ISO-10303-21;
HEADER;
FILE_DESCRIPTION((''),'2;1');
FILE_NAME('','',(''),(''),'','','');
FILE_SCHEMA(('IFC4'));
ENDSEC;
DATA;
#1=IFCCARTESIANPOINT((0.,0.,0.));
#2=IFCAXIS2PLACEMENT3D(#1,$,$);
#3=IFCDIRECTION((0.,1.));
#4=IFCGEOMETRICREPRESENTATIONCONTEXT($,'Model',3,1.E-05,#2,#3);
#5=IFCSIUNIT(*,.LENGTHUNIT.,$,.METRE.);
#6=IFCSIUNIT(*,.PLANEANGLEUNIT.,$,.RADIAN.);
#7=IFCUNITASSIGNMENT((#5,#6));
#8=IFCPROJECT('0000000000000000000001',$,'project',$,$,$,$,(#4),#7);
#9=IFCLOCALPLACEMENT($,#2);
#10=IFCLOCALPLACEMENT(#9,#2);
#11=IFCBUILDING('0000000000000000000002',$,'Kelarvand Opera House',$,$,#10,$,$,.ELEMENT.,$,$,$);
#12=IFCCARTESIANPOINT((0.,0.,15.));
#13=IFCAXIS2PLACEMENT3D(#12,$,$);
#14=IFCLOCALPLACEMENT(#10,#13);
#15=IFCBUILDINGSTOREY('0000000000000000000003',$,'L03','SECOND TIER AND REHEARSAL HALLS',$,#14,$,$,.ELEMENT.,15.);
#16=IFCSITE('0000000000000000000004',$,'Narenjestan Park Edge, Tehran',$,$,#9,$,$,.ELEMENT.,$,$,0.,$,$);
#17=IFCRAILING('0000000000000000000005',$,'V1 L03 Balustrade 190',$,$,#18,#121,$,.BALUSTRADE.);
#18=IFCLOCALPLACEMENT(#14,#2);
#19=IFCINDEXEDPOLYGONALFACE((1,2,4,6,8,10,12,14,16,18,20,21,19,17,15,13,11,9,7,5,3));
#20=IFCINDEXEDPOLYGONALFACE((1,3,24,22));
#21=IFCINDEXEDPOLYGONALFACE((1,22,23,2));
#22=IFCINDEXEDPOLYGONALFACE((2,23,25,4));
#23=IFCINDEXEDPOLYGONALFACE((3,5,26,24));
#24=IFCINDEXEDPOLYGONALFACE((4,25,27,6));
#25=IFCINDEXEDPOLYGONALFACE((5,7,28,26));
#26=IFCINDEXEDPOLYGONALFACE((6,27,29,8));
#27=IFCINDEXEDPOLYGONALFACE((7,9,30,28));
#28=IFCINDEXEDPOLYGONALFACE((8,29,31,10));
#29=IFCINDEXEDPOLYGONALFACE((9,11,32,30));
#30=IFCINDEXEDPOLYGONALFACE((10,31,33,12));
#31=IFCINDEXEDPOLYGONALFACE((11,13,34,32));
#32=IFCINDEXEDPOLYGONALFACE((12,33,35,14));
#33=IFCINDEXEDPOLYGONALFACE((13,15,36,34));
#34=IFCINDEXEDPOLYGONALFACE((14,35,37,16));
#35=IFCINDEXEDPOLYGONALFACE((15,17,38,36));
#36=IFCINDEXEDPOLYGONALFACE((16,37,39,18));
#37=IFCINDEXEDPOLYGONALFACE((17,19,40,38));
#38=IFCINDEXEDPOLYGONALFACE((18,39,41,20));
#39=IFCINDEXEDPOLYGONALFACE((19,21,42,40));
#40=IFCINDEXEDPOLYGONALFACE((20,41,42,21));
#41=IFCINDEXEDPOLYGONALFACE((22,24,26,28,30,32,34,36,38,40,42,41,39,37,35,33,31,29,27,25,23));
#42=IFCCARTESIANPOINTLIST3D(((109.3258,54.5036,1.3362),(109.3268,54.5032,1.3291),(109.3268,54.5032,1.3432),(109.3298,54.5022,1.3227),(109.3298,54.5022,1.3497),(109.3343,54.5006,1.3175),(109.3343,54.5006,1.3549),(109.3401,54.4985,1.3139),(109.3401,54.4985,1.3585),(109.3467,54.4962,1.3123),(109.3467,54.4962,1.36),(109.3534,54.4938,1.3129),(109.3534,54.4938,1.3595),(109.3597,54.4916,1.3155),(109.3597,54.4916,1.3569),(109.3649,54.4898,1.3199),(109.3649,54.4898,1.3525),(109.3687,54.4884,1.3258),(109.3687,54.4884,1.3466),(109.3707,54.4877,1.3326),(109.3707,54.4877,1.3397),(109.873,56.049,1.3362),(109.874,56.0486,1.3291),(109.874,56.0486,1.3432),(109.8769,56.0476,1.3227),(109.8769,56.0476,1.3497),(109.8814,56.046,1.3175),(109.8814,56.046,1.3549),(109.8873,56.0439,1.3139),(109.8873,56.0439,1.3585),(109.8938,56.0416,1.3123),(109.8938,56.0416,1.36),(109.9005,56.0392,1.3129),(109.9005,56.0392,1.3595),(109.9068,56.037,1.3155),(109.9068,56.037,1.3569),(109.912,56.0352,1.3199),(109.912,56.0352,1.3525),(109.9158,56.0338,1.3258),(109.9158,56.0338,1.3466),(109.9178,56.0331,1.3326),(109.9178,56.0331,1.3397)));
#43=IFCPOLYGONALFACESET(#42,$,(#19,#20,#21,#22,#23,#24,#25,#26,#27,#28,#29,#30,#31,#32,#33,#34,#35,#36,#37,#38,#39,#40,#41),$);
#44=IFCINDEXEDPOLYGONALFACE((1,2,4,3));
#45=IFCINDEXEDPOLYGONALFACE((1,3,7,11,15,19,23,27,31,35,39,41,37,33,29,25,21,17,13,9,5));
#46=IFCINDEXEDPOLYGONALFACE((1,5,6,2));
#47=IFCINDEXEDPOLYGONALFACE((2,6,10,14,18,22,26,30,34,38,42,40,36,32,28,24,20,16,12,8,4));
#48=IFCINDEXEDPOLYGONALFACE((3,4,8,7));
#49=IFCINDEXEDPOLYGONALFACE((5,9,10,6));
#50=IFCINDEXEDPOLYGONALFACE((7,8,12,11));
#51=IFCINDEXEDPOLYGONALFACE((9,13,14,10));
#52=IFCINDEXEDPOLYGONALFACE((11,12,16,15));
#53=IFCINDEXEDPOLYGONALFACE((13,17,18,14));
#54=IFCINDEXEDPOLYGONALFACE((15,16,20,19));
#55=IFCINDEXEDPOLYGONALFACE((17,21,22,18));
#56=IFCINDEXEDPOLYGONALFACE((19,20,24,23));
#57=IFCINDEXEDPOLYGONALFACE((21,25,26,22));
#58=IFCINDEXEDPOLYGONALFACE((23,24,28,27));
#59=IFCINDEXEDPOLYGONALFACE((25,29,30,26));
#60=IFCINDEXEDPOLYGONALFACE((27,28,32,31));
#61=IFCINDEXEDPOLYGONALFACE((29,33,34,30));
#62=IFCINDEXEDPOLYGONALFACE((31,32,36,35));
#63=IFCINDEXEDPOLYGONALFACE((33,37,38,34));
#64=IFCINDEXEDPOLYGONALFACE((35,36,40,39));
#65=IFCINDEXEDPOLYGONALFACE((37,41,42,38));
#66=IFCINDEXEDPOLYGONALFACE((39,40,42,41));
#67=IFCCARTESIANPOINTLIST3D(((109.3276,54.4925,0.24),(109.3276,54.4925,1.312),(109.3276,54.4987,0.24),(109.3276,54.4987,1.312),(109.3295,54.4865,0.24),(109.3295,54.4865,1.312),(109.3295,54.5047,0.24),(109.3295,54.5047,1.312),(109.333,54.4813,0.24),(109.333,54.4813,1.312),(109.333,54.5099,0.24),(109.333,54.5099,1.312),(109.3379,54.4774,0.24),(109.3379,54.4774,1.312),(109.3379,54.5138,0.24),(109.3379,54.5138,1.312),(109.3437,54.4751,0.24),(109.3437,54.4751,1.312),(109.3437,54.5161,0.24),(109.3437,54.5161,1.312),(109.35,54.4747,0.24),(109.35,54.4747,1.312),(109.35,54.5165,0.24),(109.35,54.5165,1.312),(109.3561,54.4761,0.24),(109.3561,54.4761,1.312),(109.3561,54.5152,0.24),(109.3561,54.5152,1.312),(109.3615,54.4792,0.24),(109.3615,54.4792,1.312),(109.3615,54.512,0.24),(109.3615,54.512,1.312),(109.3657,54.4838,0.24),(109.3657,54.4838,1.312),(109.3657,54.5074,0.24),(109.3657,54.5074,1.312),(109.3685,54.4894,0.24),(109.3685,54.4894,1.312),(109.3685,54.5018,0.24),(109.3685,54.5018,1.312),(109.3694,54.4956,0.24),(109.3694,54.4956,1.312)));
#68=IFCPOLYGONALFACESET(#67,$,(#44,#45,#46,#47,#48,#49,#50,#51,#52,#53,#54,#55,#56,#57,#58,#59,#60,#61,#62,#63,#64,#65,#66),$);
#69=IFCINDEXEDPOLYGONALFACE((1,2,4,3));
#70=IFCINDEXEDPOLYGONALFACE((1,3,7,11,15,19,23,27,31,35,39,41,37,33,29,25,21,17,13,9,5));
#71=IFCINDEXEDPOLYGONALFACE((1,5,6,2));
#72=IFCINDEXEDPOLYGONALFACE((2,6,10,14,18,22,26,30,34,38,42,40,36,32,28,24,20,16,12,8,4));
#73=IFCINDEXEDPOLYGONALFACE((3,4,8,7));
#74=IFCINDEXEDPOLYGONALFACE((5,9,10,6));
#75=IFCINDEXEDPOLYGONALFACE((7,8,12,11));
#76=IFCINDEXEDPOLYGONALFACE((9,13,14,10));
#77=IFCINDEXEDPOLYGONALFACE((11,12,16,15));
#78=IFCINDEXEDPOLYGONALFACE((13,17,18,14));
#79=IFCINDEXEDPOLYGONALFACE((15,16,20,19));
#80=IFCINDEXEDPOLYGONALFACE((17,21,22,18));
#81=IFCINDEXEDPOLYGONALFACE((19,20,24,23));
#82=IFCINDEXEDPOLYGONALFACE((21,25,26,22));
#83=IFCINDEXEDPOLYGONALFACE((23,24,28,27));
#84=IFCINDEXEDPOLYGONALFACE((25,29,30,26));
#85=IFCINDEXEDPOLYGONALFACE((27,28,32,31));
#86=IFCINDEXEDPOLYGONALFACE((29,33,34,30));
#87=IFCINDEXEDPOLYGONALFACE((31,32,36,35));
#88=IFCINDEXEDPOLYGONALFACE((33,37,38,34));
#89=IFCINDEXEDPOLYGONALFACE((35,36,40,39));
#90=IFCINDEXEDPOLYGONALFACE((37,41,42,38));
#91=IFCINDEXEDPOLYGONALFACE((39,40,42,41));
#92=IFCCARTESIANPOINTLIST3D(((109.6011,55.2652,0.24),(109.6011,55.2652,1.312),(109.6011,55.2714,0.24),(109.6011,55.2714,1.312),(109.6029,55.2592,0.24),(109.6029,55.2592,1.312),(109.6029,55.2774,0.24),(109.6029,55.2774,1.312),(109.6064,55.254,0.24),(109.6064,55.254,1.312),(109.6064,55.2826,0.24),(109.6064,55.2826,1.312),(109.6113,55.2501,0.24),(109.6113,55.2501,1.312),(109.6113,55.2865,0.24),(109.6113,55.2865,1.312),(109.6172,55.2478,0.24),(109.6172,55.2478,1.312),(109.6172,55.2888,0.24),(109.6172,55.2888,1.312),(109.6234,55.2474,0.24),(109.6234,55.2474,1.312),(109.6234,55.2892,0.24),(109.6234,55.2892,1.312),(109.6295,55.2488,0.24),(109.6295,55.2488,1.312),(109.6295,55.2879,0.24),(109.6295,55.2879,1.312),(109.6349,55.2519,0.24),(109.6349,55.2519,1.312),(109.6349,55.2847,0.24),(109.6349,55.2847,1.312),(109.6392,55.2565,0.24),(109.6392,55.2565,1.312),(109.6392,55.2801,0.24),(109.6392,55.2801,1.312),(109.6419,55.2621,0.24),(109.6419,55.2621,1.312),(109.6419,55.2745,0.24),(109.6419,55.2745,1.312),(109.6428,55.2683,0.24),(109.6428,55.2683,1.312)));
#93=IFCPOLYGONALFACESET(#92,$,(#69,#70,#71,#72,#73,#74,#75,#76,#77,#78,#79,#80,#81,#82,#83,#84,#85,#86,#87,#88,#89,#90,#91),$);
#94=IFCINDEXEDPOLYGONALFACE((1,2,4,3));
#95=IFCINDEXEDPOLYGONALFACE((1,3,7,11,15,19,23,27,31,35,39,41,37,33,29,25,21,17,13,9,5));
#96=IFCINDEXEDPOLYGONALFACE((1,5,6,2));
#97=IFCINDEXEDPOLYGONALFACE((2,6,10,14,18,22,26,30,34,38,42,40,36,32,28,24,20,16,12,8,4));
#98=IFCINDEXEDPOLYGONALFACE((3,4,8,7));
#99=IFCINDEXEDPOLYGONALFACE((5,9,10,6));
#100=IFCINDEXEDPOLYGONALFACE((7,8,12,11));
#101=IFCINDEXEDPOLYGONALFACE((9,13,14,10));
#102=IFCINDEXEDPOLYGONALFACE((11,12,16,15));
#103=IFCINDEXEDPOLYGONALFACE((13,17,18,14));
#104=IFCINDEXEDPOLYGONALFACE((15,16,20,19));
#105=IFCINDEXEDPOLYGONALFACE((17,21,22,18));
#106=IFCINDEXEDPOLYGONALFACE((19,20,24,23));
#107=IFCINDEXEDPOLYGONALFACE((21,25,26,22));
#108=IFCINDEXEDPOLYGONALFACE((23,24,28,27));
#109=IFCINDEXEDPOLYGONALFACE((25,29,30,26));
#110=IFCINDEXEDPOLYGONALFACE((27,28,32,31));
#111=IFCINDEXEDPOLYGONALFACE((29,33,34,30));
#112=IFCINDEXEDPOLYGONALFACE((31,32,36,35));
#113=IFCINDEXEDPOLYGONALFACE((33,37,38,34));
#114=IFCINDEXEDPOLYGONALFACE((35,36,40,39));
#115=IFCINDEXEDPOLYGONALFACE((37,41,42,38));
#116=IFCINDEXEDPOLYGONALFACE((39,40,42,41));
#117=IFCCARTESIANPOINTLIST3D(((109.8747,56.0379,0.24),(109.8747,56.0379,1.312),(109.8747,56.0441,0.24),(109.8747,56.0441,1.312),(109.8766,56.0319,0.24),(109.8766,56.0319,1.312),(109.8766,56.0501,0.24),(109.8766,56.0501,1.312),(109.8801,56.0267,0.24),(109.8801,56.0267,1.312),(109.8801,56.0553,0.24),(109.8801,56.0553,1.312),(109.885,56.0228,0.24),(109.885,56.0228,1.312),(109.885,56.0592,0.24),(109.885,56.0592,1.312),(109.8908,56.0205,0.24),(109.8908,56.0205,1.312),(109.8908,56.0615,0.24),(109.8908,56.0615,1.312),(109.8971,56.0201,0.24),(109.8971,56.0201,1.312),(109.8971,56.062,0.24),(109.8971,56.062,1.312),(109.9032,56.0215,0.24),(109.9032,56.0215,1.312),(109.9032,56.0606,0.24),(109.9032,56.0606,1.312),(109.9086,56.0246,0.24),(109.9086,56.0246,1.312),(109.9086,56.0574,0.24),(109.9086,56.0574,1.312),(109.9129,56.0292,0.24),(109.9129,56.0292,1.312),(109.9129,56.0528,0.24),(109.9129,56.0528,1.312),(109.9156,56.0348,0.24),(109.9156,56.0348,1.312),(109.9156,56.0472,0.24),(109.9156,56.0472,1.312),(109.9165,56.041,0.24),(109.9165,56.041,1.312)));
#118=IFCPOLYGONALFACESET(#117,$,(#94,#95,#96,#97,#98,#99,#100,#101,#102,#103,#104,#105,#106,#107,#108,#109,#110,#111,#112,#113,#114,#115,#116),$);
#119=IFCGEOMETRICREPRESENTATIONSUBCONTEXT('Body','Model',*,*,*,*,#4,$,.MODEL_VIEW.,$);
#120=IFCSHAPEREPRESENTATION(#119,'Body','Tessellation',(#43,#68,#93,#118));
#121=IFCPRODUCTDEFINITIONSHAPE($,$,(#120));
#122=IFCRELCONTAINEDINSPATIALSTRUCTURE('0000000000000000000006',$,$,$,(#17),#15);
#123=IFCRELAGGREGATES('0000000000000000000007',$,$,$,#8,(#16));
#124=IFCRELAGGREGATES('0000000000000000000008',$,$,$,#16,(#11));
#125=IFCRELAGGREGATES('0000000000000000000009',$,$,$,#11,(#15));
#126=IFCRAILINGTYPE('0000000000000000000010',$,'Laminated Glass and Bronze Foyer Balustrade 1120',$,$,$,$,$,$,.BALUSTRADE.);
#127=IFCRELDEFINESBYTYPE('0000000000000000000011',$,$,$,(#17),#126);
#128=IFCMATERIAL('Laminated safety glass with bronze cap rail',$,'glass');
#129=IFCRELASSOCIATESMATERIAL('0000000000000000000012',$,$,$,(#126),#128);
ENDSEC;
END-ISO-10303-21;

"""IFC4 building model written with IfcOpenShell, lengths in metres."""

from ifc_helpers import new_model, si_unit, direction, frame, origin, origin_2d, place, context, subcontext, project, spatial, circle, extrude, material, type_object, element, save


model = new_model("IFC4")

# Units and contexts
model_context = context("Model", 3, precision=1e-05, world=origin(), true_north=direction((0.0, 1.0)))
body_context = subcontext(model_context, "Body", "Model", "MODEL_VIEW")
ifc_project = project(units=[si_unit("LENGTHUNIT", "METRE"), si_unit("PLANEANGLEUNIT", "RADIAN")], contexts=[model_context])

# Site, building, storey
site_placement = place(None, origin())
site = spatial("IfcSite", under=ifc_project, at=site_placement, Name="Narenjestan Park Edge, Tehran", CompositionType="ELEMENT", RefElevation=0.0)
building_placement = place(site_placement, origin())
building = spatial("IfcBuilding", under=site, at=building_placement, Name="Kelarvand Opera House", CompositionType="ELEMENT")
storey_placement = place(building_placement, frame((0.0, 0.0, 15.0)))
storey = spatial("IfcBuildingStorey", under=building, at=storey_placement, Name="L03", Description="SECOND TIER AND REHEARSAL HALLS", CompositionType="ELEMENT", Elevation=15.0)

# Railing
ifc_material_1 = material(Name="Laminated safety glass with bronze cap rail", Category="glass")
railing_type = type_object("IfcRailingType", Name="Laminated Glass and Bronze Foyer Balustrade 1120", PredefinedType="BALUSTRADE", material=ifc_material_1)
railing_1_placement = place(storey_placement, frame((109.3484, 54.4956, 0.24)))
element("IfcRailing", 1, at=railing_1_placement, inside=storey, type_object=railing_type, Name="V1 L03 Balustrade 190", PredefinedType="BALUSTRADE", context=body_context, shape_type="SweptSolid", body=[
    extrude(circle(Radius=0.0239, at=origin_2d()), frame((0.0, 0.0, 1.0962), z_axis=(0.333731, 0.942668, 0.0), x_axis=(-0.942668, 0.333731, 0.0)), (0.0, 0.0, 1.0), 1.6394),
    extrude(circle(Radius=0.021, at=origin_2d()), origin(), (0.0, 0.0, 1.0), 1.072),
    extrude(circle(Radius=0.021, at=origin_2d()), frame((0.2734, 0.7727, 0.0)), (0.0, 0.0, 1.0), 1.072),
    extrude(circle(Radius=0.021, at=origin_2d()), frame((0.5471, 1.5454, 0.0)), (0.0, 0.0, 1.0), 1.072),
])

save(model, "model.ifc")
